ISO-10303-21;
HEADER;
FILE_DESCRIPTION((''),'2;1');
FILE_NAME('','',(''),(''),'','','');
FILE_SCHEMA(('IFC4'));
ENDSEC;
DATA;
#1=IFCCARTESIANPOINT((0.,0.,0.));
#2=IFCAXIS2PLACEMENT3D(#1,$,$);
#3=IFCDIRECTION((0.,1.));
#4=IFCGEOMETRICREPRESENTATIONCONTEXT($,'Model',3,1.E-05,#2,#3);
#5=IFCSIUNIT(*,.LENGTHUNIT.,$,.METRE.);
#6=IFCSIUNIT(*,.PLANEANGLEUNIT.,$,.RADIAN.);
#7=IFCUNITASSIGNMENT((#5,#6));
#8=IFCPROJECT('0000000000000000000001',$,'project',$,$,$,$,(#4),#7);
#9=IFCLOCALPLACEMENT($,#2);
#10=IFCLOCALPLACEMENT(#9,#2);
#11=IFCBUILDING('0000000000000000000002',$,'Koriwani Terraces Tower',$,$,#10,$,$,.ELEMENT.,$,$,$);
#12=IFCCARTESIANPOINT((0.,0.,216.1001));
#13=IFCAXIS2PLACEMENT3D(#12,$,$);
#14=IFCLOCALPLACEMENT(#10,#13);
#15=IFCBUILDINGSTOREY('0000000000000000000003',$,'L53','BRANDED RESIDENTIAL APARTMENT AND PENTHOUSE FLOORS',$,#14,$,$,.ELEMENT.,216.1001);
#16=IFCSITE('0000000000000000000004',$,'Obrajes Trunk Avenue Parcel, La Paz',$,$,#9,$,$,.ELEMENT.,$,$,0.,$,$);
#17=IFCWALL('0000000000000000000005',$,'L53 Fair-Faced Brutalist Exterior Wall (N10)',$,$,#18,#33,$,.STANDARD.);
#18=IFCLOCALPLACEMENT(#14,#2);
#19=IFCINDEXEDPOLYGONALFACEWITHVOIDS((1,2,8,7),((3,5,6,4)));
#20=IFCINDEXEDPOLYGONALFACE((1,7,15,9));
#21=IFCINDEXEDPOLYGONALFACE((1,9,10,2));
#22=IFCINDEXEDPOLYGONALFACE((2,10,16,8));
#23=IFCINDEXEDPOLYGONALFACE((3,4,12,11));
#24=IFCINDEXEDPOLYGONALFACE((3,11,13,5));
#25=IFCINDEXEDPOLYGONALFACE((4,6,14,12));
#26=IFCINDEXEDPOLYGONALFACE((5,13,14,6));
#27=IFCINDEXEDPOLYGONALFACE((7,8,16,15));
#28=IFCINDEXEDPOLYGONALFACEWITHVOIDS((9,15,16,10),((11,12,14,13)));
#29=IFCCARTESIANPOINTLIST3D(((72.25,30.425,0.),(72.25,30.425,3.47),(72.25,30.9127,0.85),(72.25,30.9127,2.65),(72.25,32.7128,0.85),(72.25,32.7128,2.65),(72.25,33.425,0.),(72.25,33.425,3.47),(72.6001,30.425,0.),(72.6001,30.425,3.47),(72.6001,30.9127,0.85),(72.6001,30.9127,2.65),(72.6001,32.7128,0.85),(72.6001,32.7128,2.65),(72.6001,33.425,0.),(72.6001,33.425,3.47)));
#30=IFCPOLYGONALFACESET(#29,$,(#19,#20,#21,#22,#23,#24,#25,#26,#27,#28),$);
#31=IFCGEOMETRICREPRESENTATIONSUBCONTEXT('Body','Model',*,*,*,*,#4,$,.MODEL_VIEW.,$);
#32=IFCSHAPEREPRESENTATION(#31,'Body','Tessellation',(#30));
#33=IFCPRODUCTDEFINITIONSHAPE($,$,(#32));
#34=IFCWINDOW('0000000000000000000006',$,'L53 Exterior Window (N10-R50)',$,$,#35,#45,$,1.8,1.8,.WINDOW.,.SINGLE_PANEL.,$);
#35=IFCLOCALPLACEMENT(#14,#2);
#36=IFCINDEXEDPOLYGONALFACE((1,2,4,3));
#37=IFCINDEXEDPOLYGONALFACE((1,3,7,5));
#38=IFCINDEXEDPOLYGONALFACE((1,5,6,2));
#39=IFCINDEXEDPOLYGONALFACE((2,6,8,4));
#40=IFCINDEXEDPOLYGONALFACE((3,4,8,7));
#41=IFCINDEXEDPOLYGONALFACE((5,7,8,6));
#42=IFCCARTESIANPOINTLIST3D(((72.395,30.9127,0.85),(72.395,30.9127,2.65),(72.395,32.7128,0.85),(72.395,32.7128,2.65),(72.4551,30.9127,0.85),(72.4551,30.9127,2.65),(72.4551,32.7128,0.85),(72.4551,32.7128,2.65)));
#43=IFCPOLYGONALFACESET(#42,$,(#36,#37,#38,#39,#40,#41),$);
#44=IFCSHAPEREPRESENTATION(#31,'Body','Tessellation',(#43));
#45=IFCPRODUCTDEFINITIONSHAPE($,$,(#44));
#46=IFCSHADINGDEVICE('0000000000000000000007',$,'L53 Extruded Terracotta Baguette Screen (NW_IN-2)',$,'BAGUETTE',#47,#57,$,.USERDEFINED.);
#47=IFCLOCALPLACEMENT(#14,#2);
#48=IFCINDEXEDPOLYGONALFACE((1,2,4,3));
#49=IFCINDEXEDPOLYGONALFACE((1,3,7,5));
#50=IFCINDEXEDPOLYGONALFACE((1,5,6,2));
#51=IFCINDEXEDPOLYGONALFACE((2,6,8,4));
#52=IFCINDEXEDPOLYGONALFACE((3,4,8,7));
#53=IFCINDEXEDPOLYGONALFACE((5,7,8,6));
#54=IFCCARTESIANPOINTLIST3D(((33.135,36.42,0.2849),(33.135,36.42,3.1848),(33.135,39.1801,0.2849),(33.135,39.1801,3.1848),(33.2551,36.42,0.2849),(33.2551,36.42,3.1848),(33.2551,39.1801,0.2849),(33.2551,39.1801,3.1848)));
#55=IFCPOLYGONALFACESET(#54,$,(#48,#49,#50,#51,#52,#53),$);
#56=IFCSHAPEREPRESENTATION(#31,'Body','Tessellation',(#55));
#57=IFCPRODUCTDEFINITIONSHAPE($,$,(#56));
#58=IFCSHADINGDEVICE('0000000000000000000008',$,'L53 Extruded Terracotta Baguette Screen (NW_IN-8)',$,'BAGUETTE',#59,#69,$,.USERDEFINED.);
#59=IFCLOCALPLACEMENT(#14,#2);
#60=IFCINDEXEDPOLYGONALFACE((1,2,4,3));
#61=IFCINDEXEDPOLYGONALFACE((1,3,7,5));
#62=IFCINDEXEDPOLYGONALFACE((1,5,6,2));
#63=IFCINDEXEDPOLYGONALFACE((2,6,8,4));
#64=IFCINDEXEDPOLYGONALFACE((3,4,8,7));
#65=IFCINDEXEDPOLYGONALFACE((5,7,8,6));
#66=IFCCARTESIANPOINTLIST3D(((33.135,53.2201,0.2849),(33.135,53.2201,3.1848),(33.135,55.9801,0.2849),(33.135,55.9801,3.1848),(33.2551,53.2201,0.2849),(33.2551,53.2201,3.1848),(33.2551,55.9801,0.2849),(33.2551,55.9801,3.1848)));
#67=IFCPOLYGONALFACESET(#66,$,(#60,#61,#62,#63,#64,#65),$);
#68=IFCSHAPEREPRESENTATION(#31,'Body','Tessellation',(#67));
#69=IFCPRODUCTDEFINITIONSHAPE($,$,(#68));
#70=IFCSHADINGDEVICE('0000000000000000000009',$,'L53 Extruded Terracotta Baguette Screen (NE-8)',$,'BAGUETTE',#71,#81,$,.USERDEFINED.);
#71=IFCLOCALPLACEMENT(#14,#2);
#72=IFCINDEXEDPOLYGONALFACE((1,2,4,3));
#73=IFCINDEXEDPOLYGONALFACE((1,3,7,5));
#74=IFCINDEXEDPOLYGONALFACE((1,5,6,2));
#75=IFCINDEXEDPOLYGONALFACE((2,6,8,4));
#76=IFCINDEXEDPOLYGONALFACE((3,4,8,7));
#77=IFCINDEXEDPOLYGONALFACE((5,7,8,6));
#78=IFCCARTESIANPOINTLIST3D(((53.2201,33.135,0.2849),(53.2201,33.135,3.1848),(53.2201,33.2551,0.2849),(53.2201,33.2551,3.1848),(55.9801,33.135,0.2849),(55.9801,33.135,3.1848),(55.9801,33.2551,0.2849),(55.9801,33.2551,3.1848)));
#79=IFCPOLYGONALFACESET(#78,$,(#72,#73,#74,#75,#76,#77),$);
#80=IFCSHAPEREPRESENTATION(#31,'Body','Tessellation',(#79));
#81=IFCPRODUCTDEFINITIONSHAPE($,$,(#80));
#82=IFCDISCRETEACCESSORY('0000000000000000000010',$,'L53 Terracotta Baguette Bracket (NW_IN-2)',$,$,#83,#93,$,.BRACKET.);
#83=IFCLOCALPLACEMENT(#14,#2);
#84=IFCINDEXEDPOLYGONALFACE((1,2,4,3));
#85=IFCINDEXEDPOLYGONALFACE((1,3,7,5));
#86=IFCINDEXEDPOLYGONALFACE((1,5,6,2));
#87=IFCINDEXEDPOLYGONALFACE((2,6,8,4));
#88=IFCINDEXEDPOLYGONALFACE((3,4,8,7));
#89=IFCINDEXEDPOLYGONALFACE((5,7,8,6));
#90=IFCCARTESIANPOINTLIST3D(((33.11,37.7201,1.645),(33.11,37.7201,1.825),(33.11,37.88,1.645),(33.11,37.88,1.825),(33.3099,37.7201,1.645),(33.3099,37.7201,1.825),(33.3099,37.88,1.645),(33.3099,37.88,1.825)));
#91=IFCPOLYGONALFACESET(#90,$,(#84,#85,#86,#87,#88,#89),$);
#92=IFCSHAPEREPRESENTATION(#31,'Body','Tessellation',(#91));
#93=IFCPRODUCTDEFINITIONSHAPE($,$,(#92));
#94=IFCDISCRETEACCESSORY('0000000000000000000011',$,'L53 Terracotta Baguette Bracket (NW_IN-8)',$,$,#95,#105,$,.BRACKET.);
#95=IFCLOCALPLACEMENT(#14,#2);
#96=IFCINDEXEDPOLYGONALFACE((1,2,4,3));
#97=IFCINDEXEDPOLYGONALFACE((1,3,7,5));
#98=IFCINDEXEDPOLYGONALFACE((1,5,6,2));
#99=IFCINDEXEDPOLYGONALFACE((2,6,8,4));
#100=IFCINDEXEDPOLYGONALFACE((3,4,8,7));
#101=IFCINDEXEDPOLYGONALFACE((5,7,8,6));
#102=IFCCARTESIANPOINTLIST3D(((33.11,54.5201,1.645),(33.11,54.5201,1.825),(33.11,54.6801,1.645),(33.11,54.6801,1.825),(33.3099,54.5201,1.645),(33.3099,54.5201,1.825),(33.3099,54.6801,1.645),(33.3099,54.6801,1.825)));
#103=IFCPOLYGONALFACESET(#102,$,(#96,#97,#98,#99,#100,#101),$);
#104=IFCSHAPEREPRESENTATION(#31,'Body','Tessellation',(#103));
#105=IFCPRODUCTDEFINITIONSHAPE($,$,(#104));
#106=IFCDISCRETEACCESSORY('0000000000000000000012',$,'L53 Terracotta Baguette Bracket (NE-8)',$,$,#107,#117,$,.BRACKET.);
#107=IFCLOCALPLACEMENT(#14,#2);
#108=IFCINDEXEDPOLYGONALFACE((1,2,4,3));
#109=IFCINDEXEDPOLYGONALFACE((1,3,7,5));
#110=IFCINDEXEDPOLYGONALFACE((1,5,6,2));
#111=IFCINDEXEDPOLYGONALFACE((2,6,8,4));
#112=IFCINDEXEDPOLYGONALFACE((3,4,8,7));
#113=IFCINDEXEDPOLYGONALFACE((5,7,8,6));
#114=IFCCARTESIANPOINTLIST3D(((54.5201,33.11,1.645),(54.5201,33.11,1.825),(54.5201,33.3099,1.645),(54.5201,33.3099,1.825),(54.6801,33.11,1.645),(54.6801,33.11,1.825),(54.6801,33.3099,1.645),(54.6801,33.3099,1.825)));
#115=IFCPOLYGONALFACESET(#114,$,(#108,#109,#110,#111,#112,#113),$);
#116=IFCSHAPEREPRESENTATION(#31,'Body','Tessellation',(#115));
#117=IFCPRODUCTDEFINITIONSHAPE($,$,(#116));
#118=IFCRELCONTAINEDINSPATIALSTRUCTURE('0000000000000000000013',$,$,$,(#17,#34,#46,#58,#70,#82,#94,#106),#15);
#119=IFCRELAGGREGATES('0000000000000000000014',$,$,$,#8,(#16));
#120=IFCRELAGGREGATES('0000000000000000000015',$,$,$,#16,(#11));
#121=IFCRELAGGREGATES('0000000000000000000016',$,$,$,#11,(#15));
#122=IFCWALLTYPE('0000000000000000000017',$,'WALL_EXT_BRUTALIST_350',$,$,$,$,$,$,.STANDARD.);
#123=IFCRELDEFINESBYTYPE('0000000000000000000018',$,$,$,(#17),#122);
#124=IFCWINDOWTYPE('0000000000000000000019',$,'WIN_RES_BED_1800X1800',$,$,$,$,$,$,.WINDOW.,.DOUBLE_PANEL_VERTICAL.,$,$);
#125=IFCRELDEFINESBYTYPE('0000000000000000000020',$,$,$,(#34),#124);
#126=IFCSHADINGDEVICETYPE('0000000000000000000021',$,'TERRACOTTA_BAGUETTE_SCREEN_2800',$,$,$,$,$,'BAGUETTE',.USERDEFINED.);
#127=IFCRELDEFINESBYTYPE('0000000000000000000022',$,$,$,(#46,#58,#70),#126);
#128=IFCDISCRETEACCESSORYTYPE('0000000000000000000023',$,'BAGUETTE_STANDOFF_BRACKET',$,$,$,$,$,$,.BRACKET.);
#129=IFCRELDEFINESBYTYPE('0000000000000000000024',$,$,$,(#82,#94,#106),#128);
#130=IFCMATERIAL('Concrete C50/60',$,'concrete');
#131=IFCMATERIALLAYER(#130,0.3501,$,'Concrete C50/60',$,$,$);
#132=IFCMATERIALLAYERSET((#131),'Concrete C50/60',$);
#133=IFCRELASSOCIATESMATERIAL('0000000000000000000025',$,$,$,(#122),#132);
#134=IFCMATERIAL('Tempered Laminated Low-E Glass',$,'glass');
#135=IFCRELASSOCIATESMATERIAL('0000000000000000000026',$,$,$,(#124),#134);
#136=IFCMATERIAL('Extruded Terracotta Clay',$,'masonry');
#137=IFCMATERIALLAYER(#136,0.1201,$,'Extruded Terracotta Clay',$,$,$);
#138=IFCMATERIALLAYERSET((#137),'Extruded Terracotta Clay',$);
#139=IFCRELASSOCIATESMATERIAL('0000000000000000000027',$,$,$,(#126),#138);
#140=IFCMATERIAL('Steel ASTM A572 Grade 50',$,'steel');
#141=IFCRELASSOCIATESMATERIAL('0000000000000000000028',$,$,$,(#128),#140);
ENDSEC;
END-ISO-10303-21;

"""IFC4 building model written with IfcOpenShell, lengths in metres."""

from ifc_helpers import new_model, si_unit, direction, frame, frame_2d, origin, origin_2d, place, context, subcontext, project, spatial, rectangle, extrude, material, layer, layer_set, type_object, element, fill, save


model = new_model("IFC4")

# Units and contexts
model_context = context("Model", 3, precision=1e-05, world=origin(), true_north=direction((0.0, 1.0)))
body_context = subcontext(model_context, "Body", "Model", "MODEL_VIEW")
ifc_project = project(units=[si_unit("LENGTHUNIT", "METRE"), si_unit("PLANEANGLEUNIT", "RADIAN")], contexts=[model_context])

# Site, building, storey
site_placement = place(None, origin())
site = spatial("IfcSite", under=ifc_project, at=site_placement, Name="Obrajes Trunk Avenue Parcel, La Paz", CompositionType="ELEMENT", RefElevation=0.0)
building_placement = place(site_placement, origin())
building = spatial("IfcBuilding", under=site, at=building_placement, Name="Koriwani Terraces Tower", CompositionType="ELEMENT")
storey_placement = place(building_placement, frame((0.0, 0.0, 216.1001)))
storey = spatial("IfcBuildingStorey", under=building, at=storey_placement, Name="L53", Description="BRANDED RESIDENTIAL APARTMENT AND PENTHOUSE FLOORS", CompositionType="ELEMENT", Elevation=216.1001)

# Shared definitions
ifc_material_1 = material(Name="Concrete C50/60", Category="concrete")

# Shared definitions
ifc_layer_1 = layer(ifc_material_1, 0.3501, Name="Concrete C50/60")
ifc_layer_set_1 = layer_set([ifc_layer_1], Name="Concrete C50/60")
wall_type = type_object("IfcWallType", Name="WALL_EXT_BRUTALIST_350", PredefinedType="STANDARD", material=ifc_layer_set_1)
ifc_material_2 = material(Name="Tempered Laminated Low-E Glass", Category="glass")
window_type_1 = type_object("IfcWindowType", Name="WIN_RES_BED_1800X1800", PartitioningType="DOUBLE_PANEL_VERTICAL", PredefinedType="WINDOW", material=ifc_material_2)

# Wall, opening, window
wall_1_placement = place(storey_placement, frame((72.425, 33.425, 0.0), z_axis=(0.0, 0.0, 1.0), x_axis=(0.0, -1.0, 0.0)))
wall_1 = element("IfcWall", 1, at=wall_1_placement, inside=storey, type_object=wall_type, Name="L53 Fair-Faced Brutalist Exterior Wall (N10)", PredefinedType="STANDARD", context=body_context, shape_type="SweptSolid", body=[
    extrude(rectangle(XDim=3.0, YDim=0.3501, at=frame_2d((1.5, 0.0))), origin(), (0.0, 0.0, 1.0), 3.47),
])
opening_1_placement = place(wall_1_placement, frame((0.7124, 0.0, 0.8501)))
opening_1 = element("IfcOpeningElement", 2, at=opening_1_placement, cuts=wall_1, PredefinedType="OPENING", context=body_context, shape_type="SweptSolid", body=[
    extrude(rectangle(XDim=1.8, YDim=1.8, at=frame_2d((0.8999, 0.8999))), frame((0.0, 0.1851, 0.0), z_axis=(0.0, -1.0, 0.0), x_axis=(1.0, 0.0, 0.0)), (0.0, 0.0, 1.0), 0.3701),
])
window_1_placement = place(opening_1_placement, origin())
window_1 = element("IfcWindow", 3, at=window_1_placement, inside=storey, type_object=window_type_1, Name="L53 Exterior Window (N10-R50)", OverallHeight=1.8, OverallWidth=1.8, PartitioningType="SINGLE_PANEL", PredefinedType="WINDOW", context=body_context, shape_type="SweptSolid", body=[
    extrude(rectangle(XDim=1.8, YDim=1.8, at=frame_2d((0.8999, 0.8999))), frame((0.0, 0.03, 0.0), z_axis=(0.0, -1.0, 0.0), x_axis=(1.0, 0.0, 0.0)), (0.0, 0.0, 1.0), 0.0601),
])
fill(opening_1, window_1)

# Shared definitions
ifc_material_3 = material(Name="Steel ASTM A572 Grade 50", Category="steel")

# Shading devices
ifc_material_4 = material(Name="Extruded Terracotta Clay", Category="masonry")
ifc_layer_2 = layer(ifc_material_4, 0.1201, Name="Extruded Terracotta Clay")
ifc_layer_set_2 = layer_set([ifc_layer_2], Name="Extruded Terracotta Clay")
shading_device_type = type_object("IfcShadingDeviceType", Name="TERRACOTTA_BAGUETTE_SCREEN_2800", ElementType="BAGUETTE", PredefinedType="USERDEFINED", material=ifc_layer_set_2)
for number, where, z_axis, x_axis, name in (
    (4, (33.1951, 37.8, 0.2849), (0.0, 0.0, 1.0), (0.0, -1.0, 0.0), "L53 Extruded Terracotta Baguette Screen (NW_IN-2)"),
    (5, (33.1951, 54.6001, 0.2849), (0.0, 0.0, 1.0), (0.0, -1.0, 0.0), "L53 Extruded Terracotta Baguette Screen (NW_IN-8)"),
    (6, (54.6001, 33.1951, 0.2849), (0.0, 0.0, 1.0), (1.0, 0.0, 0.0), "L53 Extruded Terracotta Baguette Screen (NE-8)"),
):
    element("IfcShadingDevice", number, at=place(storey_placement, frame(where, z_axis=z_axis, x_axis=x_axis)), inside=storey, type_object=shading_device_type, Name=name, ObjectType="BAGUETTE", PredefinedType="USERDEFINED", context=body_context, shape_type="SweptSolid", body=[
        extrude(rectangle(XDim=2.76, YDim=0.1201, at=origin_2d()), origin(), (0.0, 0.0, 1.0), 2.8999),
    ])

# Discrete accessories
discrete_accessory_type = type_object("IfcDiscreteAccessoryType", Name="BAGUETTE_STANDOFF_BRACKET", PredefinedType="BRACKET", material=ifc_material_3)
for number, where, z_axis, x_axis, name in (
    (7, (33.21, 37.8, 1.645), (0.0, 0.0, 1.0), (0.0, -1.0, 0.0), "L53 Terracotta Baguette Bracket (NW_IN-2)"),
    (8, (33.21, 54.6001, 1.645), (0.0, 0.0, 1.0), (0.0, -1.0, 0.0), "L53 Terracotta Baguette Bracket (NW_IN-8)"),
    (9, (54.6001, 33.21, 1.645), (0.0, 0.0, 1.0), (1.0, 0.0, 0.0), "L53 Terracotta Baguette Bracket (NE-8)"),
):
    element("IfcDiscreteAccessory", number, at=place(storey_placement, frame(where, z_axis=z_axis, x_axis=x_axis)), inside=storey, type_object=discrete_accessory_type, Name=name, PredefinedType="BRACKET", context=body_context, shape_type="SweptSolid", body=[
        extrude(rectangle(XDim=0.1599, YDim=0.2, at=origin_2d()), origin(), (0.0, 0.0, 1.0), 0.1799),
    ])

save(model, "model.ifc")
